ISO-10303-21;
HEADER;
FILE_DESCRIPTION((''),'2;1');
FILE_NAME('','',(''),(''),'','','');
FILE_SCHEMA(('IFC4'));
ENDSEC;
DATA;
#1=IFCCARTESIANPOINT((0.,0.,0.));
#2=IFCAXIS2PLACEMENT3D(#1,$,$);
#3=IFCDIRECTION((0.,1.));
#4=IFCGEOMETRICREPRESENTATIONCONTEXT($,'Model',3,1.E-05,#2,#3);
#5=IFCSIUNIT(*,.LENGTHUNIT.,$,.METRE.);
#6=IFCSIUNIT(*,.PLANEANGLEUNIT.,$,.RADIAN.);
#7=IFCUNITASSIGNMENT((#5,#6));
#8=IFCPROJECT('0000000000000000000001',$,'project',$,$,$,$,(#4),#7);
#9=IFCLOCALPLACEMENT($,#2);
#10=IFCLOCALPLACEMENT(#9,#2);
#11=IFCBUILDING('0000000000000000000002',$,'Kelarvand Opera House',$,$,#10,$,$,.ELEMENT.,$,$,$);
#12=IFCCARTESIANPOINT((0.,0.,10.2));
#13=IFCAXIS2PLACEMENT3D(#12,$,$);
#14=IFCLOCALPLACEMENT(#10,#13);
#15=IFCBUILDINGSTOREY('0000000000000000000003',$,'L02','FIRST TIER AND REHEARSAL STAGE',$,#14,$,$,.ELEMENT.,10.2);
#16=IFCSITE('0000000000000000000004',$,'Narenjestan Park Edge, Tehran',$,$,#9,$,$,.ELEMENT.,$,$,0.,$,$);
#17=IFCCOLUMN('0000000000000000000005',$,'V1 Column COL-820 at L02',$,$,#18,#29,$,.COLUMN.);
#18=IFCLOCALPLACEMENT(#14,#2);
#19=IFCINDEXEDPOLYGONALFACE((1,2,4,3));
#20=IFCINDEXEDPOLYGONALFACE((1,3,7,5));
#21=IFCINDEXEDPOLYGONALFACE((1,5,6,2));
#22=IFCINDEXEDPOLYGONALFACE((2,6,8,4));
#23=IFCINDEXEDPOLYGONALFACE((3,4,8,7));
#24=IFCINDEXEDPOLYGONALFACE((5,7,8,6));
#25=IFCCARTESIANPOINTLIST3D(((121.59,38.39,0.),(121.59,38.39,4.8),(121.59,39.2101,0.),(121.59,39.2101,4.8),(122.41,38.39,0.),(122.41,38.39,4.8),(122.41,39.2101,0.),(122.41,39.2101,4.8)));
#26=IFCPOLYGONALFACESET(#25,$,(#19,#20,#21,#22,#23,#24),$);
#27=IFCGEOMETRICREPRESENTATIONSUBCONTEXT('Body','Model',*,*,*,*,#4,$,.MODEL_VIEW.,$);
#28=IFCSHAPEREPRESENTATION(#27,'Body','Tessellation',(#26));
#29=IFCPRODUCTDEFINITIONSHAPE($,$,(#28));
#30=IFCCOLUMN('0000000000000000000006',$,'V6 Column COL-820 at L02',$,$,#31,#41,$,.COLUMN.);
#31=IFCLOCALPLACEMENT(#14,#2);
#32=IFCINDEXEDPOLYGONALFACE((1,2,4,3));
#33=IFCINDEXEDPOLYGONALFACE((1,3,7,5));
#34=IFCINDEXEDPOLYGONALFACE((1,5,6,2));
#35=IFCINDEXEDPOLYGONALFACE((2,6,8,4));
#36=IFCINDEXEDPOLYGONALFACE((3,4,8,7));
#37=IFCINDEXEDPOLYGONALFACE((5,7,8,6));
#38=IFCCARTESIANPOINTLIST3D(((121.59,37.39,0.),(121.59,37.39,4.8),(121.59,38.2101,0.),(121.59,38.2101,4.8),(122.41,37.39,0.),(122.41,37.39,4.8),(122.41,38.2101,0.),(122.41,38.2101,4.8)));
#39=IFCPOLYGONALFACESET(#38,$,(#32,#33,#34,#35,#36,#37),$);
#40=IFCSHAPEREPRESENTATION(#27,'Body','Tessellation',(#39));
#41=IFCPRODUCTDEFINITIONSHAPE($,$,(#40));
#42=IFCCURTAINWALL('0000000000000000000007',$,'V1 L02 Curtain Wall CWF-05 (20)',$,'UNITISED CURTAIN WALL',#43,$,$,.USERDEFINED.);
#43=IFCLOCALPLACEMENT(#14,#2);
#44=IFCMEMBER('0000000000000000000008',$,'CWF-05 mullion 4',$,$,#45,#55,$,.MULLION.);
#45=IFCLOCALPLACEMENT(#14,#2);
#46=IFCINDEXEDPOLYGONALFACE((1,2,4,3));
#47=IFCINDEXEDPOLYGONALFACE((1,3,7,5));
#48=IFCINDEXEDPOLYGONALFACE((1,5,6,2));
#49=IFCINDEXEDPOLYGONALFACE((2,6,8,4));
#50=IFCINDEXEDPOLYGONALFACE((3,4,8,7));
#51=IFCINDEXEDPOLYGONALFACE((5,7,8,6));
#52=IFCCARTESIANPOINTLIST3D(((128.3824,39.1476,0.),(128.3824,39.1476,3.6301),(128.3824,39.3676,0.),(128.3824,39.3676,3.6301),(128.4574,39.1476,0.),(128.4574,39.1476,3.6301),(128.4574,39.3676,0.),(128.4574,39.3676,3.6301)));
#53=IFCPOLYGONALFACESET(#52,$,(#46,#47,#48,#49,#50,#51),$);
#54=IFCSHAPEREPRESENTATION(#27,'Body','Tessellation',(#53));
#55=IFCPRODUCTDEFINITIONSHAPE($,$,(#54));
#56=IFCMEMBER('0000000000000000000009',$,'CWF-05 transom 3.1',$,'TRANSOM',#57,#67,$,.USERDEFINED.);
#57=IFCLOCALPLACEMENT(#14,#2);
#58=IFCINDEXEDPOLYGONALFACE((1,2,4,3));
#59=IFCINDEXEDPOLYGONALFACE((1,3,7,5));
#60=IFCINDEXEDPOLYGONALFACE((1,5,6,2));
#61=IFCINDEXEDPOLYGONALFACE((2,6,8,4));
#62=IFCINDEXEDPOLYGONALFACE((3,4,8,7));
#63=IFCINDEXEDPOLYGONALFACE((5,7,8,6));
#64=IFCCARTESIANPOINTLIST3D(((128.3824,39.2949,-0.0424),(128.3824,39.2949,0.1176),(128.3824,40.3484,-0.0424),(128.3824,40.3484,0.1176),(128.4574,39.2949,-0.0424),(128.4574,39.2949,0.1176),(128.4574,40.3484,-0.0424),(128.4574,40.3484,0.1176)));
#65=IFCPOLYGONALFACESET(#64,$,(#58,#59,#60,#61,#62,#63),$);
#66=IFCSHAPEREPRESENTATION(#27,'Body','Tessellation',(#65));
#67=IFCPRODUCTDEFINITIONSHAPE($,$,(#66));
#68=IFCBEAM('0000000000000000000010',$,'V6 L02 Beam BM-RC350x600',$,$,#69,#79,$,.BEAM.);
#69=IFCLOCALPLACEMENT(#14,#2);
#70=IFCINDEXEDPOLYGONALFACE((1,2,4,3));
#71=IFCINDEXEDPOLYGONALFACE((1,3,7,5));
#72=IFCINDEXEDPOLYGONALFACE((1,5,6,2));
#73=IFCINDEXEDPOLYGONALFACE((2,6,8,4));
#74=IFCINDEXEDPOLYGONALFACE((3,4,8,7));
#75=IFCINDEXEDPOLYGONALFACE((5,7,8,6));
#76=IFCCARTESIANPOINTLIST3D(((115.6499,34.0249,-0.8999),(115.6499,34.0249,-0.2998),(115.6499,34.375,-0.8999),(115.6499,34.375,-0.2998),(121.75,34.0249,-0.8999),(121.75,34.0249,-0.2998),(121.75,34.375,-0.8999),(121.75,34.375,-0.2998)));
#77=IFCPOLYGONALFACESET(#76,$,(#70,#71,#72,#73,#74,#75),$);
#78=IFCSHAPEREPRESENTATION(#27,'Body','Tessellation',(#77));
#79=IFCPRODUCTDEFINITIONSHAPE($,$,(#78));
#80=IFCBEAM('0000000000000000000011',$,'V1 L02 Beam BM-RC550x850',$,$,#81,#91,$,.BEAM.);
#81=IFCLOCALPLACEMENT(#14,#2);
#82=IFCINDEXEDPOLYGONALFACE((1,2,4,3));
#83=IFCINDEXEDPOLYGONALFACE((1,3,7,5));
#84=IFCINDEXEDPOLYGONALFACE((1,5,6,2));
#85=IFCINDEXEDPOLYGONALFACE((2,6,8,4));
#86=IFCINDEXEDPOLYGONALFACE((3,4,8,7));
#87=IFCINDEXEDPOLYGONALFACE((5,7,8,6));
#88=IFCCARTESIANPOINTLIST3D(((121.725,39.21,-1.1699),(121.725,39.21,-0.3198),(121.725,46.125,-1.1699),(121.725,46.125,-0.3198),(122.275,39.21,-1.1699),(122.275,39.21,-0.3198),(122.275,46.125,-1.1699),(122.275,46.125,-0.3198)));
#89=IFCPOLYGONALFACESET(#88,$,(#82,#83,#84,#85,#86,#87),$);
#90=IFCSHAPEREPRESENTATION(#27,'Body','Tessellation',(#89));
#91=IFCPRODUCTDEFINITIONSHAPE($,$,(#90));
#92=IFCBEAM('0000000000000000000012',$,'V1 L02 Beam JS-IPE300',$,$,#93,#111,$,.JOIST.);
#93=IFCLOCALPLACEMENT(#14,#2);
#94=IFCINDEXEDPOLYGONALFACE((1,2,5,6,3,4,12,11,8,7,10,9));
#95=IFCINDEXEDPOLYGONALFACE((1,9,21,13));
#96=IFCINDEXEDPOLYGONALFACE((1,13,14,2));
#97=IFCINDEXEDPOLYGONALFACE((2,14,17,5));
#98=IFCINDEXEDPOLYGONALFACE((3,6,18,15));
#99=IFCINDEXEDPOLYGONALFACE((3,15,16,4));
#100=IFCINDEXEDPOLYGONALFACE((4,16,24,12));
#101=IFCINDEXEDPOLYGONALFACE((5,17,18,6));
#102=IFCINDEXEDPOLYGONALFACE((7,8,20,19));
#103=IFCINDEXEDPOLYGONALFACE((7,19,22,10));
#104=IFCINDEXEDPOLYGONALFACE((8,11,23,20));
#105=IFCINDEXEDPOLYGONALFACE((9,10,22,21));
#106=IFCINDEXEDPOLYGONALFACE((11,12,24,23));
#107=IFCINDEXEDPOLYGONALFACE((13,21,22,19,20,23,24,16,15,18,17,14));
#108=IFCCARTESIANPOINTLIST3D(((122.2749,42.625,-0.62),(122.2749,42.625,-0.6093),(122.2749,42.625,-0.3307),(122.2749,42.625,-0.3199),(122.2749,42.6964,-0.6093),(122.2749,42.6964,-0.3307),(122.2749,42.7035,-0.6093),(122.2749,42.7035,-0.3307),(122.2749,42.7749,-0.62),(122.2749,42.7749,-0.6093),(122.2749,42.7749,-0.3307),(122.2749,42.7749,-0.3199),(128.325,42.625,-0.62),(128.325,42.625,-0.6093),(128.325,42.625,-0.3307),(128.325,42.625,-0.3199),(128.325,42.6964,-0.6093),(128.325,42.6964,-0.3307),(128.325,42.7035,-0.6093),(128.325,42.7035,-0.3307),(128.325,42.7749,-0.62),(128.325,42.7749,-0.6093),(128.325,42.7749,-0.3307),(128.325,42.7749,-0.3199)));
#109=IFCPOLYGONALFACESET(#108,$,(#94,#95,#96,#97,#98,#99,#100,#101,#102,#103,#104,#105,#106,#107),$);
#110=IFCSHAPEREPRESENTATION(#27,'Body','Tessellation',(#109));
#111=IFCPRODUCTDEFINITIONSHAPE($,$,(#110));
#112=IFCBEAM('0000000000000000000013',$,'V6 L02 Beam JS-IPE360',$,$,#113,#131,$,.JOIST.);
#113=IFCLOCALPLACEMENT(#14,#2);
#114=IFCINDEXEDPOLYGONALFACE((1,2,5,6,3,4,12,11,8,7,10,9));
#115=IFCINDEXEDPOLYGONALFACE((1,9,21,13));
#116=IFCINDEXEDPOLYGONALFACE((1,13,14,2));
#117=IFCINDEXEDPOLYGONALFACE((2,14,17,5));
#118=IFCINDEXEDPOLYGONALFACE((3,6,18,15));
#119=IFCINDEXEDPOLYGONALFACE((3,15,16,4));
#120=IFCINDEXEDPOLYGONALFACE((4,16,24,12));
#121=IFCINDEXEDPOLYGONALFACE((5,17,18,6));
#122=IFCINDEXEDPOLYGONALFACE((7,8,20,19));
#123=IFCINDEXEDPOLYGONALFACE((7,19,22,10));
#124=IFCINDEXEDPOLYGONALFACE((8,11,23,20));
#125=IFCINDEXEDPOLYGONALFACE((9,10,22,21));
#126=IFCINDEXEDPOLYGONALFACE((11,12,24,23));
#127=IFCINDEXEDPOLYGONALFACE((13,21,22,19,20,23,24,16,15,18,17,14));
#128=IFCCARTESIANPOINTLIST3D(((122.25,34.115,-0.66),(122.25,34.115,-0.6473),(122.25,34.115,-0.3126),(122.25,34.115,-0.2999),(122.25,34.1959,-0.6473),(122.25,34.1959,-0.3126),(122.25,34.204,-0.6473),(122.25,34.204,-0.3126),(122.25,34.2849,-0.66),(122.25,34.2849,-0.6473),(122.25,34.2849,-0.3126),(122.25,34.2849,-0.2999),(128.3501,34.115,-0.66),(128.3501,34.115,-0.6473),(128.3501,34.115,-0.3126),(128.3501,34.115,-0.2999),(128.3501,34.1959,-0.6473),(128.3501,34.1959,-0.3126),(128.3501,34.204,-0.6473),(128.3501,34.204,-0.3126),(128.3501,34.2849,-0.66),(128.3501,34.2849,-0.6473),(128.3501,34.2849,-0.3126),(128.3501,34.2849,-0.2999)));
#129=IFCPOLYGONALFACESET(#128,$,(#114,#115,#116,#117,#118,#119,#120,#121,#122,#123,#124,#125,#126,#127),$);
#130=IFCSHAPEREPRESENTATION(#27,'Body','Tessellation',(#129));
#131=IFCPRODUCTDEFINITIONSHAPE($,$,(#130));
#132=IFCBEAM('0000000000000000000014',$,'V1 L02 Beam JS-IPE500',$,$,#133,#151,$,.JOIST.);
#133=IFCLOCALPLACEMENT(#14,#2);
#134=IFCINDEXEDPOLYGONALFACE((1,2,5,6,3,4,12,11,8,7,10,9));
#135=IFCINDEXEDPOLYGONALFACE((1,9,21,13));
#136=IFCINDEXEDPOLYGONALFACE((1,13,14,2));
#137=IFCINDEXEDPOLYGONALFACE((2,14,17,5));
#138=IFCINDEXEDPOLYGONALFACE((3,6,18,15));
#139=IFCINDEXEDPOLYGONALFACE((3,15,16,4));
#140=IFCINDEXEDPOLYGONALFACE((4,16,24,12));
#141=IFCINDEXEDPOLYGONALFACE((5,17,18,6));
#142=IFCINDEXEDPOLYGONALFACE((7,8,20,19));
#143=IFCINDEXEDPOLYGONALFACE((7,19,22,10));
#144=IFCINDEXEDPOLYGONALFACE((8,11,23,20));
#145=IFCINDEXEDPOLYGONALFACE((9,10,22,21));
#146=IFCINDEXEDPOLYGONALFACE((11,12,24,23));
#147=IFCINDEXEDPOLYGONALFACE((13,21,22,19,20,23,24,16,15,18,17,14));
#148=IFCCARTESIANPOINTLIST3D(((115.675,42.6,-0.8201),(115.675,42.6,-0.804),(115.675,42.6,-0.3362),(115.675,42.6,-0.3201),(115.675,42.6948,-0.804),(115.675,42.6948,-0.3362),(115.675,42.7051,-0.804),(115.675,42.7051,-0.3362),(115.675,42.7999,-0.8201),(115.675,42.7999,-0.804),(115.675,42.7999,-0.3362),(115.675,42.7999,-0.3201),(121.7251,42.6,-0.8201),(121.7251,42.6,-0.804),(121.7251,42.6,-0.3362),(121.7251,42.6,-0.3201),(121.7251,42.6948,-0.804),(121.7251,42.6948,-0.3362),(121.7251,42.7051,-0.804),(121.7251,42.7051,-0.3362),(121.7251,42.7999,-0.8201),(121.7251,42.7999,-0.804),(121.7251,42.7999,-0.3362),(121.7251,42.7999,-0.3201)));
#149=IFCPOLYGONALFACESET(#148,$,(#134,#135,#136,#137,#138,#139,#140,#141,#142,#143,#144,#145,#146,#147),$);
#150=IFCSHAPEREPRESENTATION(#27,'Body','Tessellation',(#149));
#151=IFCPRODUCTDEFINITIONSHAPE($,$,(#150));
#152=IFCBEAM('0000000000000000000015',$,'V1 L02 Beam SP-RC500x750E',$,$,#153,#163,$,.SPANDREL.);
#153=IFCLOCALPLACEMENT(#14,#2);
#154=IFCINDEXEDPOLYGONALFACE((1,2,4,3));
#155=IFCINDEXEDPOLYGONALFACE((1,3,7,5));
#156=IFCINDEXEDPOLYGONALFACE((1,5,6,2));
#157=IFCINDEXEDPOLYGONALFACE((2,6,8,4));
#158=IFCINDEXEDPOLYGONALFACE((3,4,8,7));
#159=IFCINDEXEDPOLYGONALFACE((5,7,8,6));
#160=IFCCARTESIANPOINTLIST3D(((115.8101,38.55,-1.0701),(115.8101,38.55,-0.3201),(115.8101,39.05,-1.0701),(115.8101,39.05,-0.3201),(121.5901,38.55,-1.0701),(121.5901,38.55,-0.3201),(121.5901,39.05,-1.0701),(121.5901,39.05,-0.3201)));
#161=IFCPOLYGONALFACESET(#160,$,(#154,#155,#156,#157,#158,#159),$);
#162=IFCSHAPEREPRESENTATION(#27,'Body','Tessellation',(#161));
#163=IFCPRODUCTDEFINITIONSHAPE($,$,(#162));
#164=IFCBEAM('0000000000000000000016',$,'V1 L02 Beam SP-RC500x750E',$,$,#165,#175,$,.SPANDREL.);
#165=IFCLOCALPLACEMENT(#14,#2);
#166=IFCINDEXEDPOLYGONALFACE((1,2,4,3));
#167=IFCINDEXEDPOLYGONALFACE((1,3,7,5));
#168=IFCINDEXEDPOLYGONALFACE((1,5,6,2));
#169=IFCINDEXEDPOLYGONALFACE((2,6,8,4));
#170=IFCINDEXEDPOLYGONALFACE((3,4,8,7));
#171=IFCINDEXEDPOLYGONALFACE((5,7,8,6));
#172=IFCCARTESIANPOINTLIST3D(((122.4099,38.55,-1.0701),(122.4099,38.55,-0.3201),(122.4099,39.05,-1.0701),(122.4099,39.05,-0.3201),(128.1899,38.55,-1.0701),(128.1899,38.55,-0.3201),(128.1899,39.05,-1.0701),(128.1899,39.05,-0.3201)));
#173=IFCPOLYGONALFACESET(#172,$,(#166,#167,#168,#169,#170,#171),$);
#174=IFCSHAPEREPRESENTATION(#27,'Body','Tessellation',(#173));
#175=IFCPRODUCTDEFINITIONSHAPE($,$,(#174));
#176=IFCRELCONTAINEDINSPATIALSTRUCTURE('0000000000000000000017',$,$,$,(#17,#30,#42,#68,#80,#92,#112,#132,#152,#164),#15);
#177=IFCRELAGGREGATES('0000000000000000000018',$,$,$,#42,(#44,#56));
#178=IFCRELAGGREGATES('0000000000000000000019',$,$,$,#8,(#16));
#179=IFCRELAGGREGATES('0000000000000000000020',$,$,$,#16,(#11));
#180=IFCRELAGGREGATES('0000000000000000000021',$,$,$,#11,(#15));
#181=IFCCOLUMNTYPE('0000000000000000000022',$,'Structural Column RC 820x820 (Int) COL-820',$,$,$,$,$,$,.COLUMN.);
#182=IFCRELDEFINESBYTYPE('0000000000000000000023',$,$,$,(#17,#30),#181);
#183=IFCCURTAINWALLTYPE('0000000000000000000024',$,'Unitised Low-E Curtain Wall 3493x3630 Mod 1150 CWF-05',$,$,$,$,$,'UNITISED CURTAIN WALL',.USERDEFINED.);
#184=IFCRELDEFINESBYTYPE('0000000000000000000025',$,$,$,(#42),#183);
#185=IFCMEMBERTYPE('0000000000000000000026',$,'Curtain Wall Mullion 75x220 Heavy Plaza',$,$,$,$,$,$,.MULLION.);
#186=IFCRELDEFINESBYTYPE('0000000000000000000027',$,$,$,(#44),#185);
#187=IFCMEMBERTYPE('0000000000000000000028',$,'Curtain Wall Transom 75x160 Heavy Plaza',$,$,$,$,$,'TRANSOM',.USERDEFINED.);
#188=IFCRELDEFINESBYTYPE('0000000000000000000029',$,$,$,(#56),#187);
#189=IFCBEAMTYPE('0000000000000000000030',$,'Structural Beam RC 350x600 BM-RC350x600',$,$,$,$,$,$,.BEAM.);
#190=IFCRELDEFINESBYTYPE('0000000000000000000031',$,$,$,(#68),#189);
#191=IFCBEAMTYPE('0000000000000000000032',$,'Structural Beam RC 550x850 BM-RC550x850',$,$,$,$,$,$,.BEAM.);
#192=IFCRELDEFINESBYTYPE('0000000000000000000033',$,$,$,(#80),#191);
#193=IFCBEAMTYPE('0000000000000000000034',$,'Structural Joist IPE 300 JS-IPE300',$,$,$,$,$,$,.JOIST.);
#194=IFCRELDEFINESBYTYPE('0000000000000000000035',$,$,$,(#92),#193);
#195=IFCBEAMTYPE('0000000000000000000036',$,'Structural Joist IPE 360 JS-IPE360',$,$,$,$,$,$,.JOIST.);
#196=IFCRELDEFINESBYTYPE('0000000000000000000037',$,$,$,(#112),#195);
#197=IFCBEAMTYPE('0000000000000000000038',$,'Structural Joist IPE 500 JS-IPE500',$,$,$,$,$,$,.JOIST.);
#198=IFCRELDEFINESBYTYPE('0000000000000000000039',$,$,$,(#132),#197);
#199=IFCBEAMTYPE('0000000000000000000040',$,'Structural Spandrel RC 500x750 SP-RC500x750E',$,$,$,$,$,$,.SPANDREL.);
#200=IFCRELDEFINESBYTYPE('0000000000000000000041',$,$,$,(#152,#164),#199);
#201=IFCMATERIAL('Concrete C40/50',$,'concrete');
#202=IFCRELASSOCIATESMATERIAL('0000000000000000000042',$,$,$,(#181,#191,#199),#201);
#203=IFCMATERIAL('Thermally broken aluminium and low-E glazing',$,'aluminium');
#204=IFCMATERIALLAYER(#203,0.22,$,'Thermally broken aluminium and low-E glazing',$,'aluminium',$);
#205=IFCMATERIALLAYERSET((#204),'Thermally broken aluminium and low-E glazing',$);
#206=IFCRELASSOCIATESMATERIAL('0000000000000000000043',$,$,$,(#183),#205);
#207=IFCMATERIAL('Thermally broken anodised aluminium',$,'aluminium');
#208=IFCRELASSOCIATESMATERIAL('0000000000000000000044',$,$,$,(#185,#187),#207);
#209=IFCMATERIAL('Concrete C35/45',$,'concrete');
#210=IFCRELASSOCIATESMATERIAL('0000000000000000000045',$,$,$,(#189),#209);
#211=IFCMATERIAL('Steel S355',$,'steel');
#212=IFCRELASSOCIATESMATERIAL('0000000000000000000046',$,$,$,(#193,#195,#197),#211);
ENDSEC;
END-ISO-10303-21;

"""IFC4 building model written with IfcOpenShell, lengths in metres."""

from ifc_helpers import new_model, si_unit, direction, frame, origin, origin_2d, place, context, subcontext, project, spatial, rectangle, i_section, extrude, material, layer, layer_set, material_profile, profile_set, type_object, element, aggregate, save


model = new_model("IFC4")

# Units and contexts
model_context = context("Model", 3, precision=1e-05, world=origin(), true_north=direction((0.0, 1.0)))
body_context = subcontext(model_context, "Body", "Model", "MODEL_VIEW")
ifc_project = project(units=[si_unit("LENGTHUNIT", "METRE"), si_unit("PLANEANGLEUNIT", "RADIAN")], contexts=[model_context])

# Site, building, storey
site_placement = place(None, origin())
site = spatial("IfcSite", under=ifc_project, at=site_placement, Name="Narenjestan Park Edge, Tehran", CompositionType="ELEMENT", RefElevation=0.0)
building_placement = place(site_placement, origin())
building = spatial("IfcBuilding", under=site, at=building_placement, Name="Kelarvand Opera House", CompositionType="ELEMENT")
storey_placement = place(building_placement, frame((0.0, 0.0, 10.2)))
storey = spatial("IfcBuildingStorey", under=building, at=storey_placement, Name="L02", Description="FIRST TIER AND REHEARSAL STAGE", CompositionType="ELEMENT", Elevation=10.2)

# Columns
ifc_material_1 = material(Name="Concrete C40/50", Category="concrete")
ifc_material_profile_1 = material_profile(ifc_material_1, rectangle(XDim=0.8201, YDim=0.8201, at=origin_2d()), Name="RC 820x820", Category="concrete")
ifc_profile_set_1 = profile_set([ifc_material_profile_1], Name="Concrete C40/50")
column_type = type_object("IfcColumnType", Name="Structural Column RC 820x820 (Int) COL-820", PredefinedType="COLUMN", material=ifc_profile_set_1)
for number, where, z_axis, x_axis, name in (
    (1, (122.0, 38.8, 0.0), (0.0, 0.0, 1.0), (1.0, 0.0, 0.0), "V1 Column COL-820 at L02"),
    (2, (122.0, 37.8, 0.0), (0.0, 0.0, 1.0), (1.0, 0.0, 0.0), "V6 Column COL-820 at L02"),
):
    element("IfcColumn", number, at=place(storey_placement, frame(where, z_axis=z_axis, x_axis=x_axis)), inside=storey, type_object=column_type, Name=name, PredefinedType="COLUMN", context=body_context, shape_type="SweptSolid", body=[
        extrude(rectangle(XDim=0.8201, YDim=0.8201, at=origin_2d()), origin(), (0.0, 0.0, 1.0), 4.8),
    ])

# Curtain wall, members
ifc_material_2 = material(Name="Thermally broken aluminium and low-E glazing", Category="aluminium")
ifc_layer_1 = layer(ifc_material_2, 0.22, Name="Thermally broken aluminium and low-E glazing", Category="aluminium")
ifc_layer_set_1 = layer_set([ifc_layer_1], Name="Thermally broken aluminium and low-E glazing")
curtain_wall_type = type_object("IfcCurtainWallType", Name="Unitised Low-E Curtain Wall 3493x3630 Mod 1150 CWF-05", ElementType="UNITISED CURTAIN WALL", PredefinedType="USERDEFINED", material=ifc_layer_set_1)
curtain_wall_placement = place(storey_placement, origin())
curtain_wall = element("IfcCurtainWall", 3, at=curtain_wall_placement, inside=storey, type_object=curtain_wall_type, Name="V1 L02 Curtain Wall CWF-05 (20)", ObjectType="UNITISED CURTAIN WALL", PredefinedType="USERDEFINED")
ifc_material_3 = material(Name="Thermally broken anodised aluminium", Category="aluminium")
ifc_material_profile_2 = material_profile(ifc_material_3, rectangle(XDim=0.075, YDim=0.22, at=origin_2d()), Name="ALU MULLION 75x220", Category="aluminium")
ifc_profile_set_2 = profile_set([ifc_material_profile_2], Name="Thermally broken anodised aluminium")
member_type_1 = type_object("IfcMemberType", Name="Curtain Wall Mullion 75x220 Heavy Plaza", PredefinedType="MULLION", material=ifc_profile_set_2)
member_1_placement = place(storey_placement, frame((128.4199, 39.2576, 0.0), z_axis=(0.0, 0.0, 1.0), x_axis=(1.0, 0.0, 0.0)))
member_1 = element("IfcMember", 4, at=member_1_placement, type_object=member_type_1, Name="CWF-05 mullion 4", PredefinedType="MULLION", context=body_context, shape_type="SweptSolid", body=[
    extrude(rectangle(XDim=0.075, YDim=0.22, at=origin_2d()), origin(), (0.0, 0.0, 1.0), 3.6301),
])
ifc_material_profile_3 = material_profile(ifc_material_3, rectangle(XDim=0.075, YDim=0.1599, at=origin_2d()), Name="ALU TRANSOM 75x160", Category="aluminium")
ifc_profile_set_3 = profile_set([ifc_material_profile_3], Name="Thermally broken anodised aluminium")
member_type_2 = type_object("IfcMemberType", Name="Curtain Wall Transom 75x160 Heavy Plaza", ElementType="TRANSOM", PredefinedType="USERDEFINED", material=ifc_profile_set_3)
member_2_placement = place(storey_placement, frame((128.4199, 40.3484, 0.0376), z_axis=(0.0, -1.0, 0.0), x_axis=(1.0, 0.0, 0.0)))
member_2 = element("IfcMember", 5, at=member_2_placement, type_object=member_type_2, Name="CWF-05 transom 3.1", ObjectType="TRANSOM", PredefinedType="USERDEFINED", context=body_context, shape_type="SweptSolid", body=[
    extrude(rectangle(XDim=0.075, YDim=0.1599, at=origin_2d()), origin(), (0.0, 0.0, 1.0), 1.0535),
])

# Beams
ifc_material_4 = material(Name="Concrete C35/45", Category="concrete")
ifc_material_profile_4 = material_profile(ifc_material_4, rectangle(XDim=0.3501, YDim=0.6001, at=origin_2d()), Name="RC 350x600", Category="concrete")
ifc_profile_set_4 = profile_set([ifc_material_profile_4], Name="Concrete C35/45")
beam_type_1 = type_object("IfcBeamType", Name="Structural Beam RC 350x600 BM-RC350x600", PredefinedType="BEAM", material=ifc_profile_set_4)
beam_1_placement = place(storey_placement, frame((115.6499, 34.2, -0.5999), z_axis=(1.0, 0.0, 0.0), x_axis=(0.0, 1.0, 0.0)))
element("IfcBeam", 6, at=beam_1_placement, inside=storey, type_object=beam_type_1, Name="V6 L02 Beam BM-RC350x600", PredefinedType="BEAM", context=body_context, shape_type="SweptSolid", body=[
    extrude(rectangle(XDim=0.3501, YDim=0.6001, at=origin_2d()), origin(), (0.0, 0.0, 1.0), 6.1001),
])
ifc_material_profile_5 = material_profile(ifc_material_1, rectangle(XDim=0.55, YDim=0.8501, at=origin_2d()), Name="RC 550x850", Category="concrete")
ifc_profile_set_5 = profile_set([ifc_material_profile_5], Name="Concrete C40/50")
beam_type_2 = type_object("IfcBeamType", Name="Structural Beam RC 550x850 BM-RC550x850", PredefinedType="BEAM", material=ifc_profile_set_5)
beam_2_placement = place(storey_placement, frame((122.0, 39.21, -0.7449), z_axis=(0.0, 1.0, 0.0), x_axis=(-1.0, 0.0, 0.0)))
element("IfcBeam", 7, at=beam_2_placement, inside=storey, type_object=beam_type_2, Name="V1 L02 Beam BM-RC550x850", PredefinedType="BEAM", context=body_context, shape_type="SweptSolid", body=[
    extrude(rectangle(XDim=0.55, YDim=0.8501, at=origin_2d()), origin(), (0.0, 0.0, 1.0), 6.915),
])
ifc_material_5 = material(Name="Steel S355", Category="steel")
ifc_material_profile_6 = material_profile(ifc_material_5, i_section(OverallWidth=0.1499, OverallDepth=0.3, WebThickness=0.0071, FlangeThickness=0.0107, at=origin_2d()), Name="IPE 300", Category="steel")
ifc_profile_set_6 = profile_set([ifc_material_profile_6], Name="Steel S355")
beam_type_3 = type_object("IfcBeamType", Name="Structural Joist IPE 300 JS-IPE300", PredefinedType="JOIST", material=ifc_profile_set_6)
beam_3_placement = place(storey_placement, frame((122.2749, 42.7, -0.47), z_axis=(1.0, 0.0, 0.0), x_axis=(0.0, 1.0, 0.0)))
element("IfcBeam", 8, at=beam_3_placement, inside=storey, type_object=beam_type_3, Name="V1 L02 Beam JS-IPE300", PredefinedType="JOIST", context=body_context, shape_type="SweptSolid", body=[
    extrude(i_section(OverallWidth=0.1499, OverallDepth=0.3, WebThickness=0.0071, FlangeThickness=0.0107, at=origin_2d()), origin(), (0.0, 0.0, 1.0), 6.05),
])
ifc_material_profile_7 = material_profile(ifc_material_5, i_section(OverallWidth=0.1699, OverallDepth=0.3601, WebThickness=0.0081, FlangeThickness=0.0127, at=origin_2d()), Name="IPE 360", Category="steel")
ifc_profile_set_7 = profile_set([ifc_material_profile_7], Name="Steel S355")
beam_type_4 = type_object("IfcBeamType", Name="Structural Joist IPE 360 JS-IPE360", PredefinedType="JOIST", material=ifc_profile_set_7)
beam_4_placement = place(storey_placement, frame((122.25, 34.2, -0.48), z_axis=(1.0, 0.0, 0.0), x_axis=(0.0, 1.0, 0.0)))
element("IfcBeam", 9, at=beam_4_placement, inside=storey, type_object=beam_type_4, Name="V6 L02 Beam JS-IPE360", PredefinedType="JOIST", context=body_context, shape_type="SweptSolid", body=[
    extrude(i_section(OverallWidth=0.1699, OverallDepth=0.3601, WebThickness=0.0081, FlangeThickness=0.0127, at=origin_2d()), origin(), (0.0, 0.0, 1.0), 6.1001),
])
ifc_material_profile_8 = material_profile(ifc_material_5, i_section(OverallWidth=0.2, OverallDepth=0.5, WebThickness=0.0103, FlangeThickness=0.0161, at=origin_2d()), Name="IPE 500", Category="steel")
ifc_profile_set_8 = profile_set([ifc_material_profile_8], Name="Steel S355")
beam_type_5 = type_object("IfcBeamType", Name="Structural Joist IPE 500 JS-IPE500", PredefinedType="JOIST", material=ifc_profile_set_8)
beam_5_placement = place(storey_placement, frame((115.675, 42.7, -0.5701), z_axis=(1.0, 0.0, 0.0), x_axis=(0.0, 1.0, 0.0)))
element("IfcBeam", 10, at=beam_5_placement, inside=storey, type_object=beam_type_5, Name="V1 L02 Beam JS-IPE500", PredefinedType="JOIST", context=body_context, shape_type="SweptSolid", body=[
    extrude(i_section(OverallWidth=0.2, OverallDepth=0.5, WebThickness=0.0103, FlangeThickness=0.0161, at=origin_2d()), origin(), (0.0, 0.0, 1.0), 6.05),
])
ifc_material_profile_9 = material_profile(ifc_material_1, rectangle(XDim=0.5, YDim=0.75, at=origin_2d()), Name="RC 500x750", Category="concrete")
ifc_profile_set_9 = profile_set([ifc_material_profile_9], Name="Concrete C40/50")
beam_type_6 = type_object("IfcBeamType", Name="Structural Spandrel RC 500x750 SP-RC500x750E", PredefinedType="SPANDREL", material=ifc_profile_set_9)
for number, where, z_axis, x_axis, name in (
    (11, (115.8101, 38.8, -0.6951), (1.0, 0.0, 0.0), (0.0, 1.0, 0.0), "V1 L02 Beam SP-RC500x750E"),
    (12, (122.4099, 38.8, -0.6951), (1.0, 0.0, 0.0), (0.0, 1.0, 0.0), "V1 L02 Beam SP-RC500x750E"),
):
    element("IfcBeam", number, at=place(storey_placement, frame(where, z_axis=z_axis, x_axis=x_axis)), inside=storey, type_object=beam_type_6, Name=name, PredefinedType="SPANDREL", context=body_context, shape_type="SweptSolid", body=[
        extrude(rectangle(XDim=0.5, YDim=0.75, at=origin_2d()), origin(), (0.0, 0.0, 1.0), 5.78),
    ])

aggregate(curtain_wall, [member_1, member_2])

save(model, "model.ifc")
